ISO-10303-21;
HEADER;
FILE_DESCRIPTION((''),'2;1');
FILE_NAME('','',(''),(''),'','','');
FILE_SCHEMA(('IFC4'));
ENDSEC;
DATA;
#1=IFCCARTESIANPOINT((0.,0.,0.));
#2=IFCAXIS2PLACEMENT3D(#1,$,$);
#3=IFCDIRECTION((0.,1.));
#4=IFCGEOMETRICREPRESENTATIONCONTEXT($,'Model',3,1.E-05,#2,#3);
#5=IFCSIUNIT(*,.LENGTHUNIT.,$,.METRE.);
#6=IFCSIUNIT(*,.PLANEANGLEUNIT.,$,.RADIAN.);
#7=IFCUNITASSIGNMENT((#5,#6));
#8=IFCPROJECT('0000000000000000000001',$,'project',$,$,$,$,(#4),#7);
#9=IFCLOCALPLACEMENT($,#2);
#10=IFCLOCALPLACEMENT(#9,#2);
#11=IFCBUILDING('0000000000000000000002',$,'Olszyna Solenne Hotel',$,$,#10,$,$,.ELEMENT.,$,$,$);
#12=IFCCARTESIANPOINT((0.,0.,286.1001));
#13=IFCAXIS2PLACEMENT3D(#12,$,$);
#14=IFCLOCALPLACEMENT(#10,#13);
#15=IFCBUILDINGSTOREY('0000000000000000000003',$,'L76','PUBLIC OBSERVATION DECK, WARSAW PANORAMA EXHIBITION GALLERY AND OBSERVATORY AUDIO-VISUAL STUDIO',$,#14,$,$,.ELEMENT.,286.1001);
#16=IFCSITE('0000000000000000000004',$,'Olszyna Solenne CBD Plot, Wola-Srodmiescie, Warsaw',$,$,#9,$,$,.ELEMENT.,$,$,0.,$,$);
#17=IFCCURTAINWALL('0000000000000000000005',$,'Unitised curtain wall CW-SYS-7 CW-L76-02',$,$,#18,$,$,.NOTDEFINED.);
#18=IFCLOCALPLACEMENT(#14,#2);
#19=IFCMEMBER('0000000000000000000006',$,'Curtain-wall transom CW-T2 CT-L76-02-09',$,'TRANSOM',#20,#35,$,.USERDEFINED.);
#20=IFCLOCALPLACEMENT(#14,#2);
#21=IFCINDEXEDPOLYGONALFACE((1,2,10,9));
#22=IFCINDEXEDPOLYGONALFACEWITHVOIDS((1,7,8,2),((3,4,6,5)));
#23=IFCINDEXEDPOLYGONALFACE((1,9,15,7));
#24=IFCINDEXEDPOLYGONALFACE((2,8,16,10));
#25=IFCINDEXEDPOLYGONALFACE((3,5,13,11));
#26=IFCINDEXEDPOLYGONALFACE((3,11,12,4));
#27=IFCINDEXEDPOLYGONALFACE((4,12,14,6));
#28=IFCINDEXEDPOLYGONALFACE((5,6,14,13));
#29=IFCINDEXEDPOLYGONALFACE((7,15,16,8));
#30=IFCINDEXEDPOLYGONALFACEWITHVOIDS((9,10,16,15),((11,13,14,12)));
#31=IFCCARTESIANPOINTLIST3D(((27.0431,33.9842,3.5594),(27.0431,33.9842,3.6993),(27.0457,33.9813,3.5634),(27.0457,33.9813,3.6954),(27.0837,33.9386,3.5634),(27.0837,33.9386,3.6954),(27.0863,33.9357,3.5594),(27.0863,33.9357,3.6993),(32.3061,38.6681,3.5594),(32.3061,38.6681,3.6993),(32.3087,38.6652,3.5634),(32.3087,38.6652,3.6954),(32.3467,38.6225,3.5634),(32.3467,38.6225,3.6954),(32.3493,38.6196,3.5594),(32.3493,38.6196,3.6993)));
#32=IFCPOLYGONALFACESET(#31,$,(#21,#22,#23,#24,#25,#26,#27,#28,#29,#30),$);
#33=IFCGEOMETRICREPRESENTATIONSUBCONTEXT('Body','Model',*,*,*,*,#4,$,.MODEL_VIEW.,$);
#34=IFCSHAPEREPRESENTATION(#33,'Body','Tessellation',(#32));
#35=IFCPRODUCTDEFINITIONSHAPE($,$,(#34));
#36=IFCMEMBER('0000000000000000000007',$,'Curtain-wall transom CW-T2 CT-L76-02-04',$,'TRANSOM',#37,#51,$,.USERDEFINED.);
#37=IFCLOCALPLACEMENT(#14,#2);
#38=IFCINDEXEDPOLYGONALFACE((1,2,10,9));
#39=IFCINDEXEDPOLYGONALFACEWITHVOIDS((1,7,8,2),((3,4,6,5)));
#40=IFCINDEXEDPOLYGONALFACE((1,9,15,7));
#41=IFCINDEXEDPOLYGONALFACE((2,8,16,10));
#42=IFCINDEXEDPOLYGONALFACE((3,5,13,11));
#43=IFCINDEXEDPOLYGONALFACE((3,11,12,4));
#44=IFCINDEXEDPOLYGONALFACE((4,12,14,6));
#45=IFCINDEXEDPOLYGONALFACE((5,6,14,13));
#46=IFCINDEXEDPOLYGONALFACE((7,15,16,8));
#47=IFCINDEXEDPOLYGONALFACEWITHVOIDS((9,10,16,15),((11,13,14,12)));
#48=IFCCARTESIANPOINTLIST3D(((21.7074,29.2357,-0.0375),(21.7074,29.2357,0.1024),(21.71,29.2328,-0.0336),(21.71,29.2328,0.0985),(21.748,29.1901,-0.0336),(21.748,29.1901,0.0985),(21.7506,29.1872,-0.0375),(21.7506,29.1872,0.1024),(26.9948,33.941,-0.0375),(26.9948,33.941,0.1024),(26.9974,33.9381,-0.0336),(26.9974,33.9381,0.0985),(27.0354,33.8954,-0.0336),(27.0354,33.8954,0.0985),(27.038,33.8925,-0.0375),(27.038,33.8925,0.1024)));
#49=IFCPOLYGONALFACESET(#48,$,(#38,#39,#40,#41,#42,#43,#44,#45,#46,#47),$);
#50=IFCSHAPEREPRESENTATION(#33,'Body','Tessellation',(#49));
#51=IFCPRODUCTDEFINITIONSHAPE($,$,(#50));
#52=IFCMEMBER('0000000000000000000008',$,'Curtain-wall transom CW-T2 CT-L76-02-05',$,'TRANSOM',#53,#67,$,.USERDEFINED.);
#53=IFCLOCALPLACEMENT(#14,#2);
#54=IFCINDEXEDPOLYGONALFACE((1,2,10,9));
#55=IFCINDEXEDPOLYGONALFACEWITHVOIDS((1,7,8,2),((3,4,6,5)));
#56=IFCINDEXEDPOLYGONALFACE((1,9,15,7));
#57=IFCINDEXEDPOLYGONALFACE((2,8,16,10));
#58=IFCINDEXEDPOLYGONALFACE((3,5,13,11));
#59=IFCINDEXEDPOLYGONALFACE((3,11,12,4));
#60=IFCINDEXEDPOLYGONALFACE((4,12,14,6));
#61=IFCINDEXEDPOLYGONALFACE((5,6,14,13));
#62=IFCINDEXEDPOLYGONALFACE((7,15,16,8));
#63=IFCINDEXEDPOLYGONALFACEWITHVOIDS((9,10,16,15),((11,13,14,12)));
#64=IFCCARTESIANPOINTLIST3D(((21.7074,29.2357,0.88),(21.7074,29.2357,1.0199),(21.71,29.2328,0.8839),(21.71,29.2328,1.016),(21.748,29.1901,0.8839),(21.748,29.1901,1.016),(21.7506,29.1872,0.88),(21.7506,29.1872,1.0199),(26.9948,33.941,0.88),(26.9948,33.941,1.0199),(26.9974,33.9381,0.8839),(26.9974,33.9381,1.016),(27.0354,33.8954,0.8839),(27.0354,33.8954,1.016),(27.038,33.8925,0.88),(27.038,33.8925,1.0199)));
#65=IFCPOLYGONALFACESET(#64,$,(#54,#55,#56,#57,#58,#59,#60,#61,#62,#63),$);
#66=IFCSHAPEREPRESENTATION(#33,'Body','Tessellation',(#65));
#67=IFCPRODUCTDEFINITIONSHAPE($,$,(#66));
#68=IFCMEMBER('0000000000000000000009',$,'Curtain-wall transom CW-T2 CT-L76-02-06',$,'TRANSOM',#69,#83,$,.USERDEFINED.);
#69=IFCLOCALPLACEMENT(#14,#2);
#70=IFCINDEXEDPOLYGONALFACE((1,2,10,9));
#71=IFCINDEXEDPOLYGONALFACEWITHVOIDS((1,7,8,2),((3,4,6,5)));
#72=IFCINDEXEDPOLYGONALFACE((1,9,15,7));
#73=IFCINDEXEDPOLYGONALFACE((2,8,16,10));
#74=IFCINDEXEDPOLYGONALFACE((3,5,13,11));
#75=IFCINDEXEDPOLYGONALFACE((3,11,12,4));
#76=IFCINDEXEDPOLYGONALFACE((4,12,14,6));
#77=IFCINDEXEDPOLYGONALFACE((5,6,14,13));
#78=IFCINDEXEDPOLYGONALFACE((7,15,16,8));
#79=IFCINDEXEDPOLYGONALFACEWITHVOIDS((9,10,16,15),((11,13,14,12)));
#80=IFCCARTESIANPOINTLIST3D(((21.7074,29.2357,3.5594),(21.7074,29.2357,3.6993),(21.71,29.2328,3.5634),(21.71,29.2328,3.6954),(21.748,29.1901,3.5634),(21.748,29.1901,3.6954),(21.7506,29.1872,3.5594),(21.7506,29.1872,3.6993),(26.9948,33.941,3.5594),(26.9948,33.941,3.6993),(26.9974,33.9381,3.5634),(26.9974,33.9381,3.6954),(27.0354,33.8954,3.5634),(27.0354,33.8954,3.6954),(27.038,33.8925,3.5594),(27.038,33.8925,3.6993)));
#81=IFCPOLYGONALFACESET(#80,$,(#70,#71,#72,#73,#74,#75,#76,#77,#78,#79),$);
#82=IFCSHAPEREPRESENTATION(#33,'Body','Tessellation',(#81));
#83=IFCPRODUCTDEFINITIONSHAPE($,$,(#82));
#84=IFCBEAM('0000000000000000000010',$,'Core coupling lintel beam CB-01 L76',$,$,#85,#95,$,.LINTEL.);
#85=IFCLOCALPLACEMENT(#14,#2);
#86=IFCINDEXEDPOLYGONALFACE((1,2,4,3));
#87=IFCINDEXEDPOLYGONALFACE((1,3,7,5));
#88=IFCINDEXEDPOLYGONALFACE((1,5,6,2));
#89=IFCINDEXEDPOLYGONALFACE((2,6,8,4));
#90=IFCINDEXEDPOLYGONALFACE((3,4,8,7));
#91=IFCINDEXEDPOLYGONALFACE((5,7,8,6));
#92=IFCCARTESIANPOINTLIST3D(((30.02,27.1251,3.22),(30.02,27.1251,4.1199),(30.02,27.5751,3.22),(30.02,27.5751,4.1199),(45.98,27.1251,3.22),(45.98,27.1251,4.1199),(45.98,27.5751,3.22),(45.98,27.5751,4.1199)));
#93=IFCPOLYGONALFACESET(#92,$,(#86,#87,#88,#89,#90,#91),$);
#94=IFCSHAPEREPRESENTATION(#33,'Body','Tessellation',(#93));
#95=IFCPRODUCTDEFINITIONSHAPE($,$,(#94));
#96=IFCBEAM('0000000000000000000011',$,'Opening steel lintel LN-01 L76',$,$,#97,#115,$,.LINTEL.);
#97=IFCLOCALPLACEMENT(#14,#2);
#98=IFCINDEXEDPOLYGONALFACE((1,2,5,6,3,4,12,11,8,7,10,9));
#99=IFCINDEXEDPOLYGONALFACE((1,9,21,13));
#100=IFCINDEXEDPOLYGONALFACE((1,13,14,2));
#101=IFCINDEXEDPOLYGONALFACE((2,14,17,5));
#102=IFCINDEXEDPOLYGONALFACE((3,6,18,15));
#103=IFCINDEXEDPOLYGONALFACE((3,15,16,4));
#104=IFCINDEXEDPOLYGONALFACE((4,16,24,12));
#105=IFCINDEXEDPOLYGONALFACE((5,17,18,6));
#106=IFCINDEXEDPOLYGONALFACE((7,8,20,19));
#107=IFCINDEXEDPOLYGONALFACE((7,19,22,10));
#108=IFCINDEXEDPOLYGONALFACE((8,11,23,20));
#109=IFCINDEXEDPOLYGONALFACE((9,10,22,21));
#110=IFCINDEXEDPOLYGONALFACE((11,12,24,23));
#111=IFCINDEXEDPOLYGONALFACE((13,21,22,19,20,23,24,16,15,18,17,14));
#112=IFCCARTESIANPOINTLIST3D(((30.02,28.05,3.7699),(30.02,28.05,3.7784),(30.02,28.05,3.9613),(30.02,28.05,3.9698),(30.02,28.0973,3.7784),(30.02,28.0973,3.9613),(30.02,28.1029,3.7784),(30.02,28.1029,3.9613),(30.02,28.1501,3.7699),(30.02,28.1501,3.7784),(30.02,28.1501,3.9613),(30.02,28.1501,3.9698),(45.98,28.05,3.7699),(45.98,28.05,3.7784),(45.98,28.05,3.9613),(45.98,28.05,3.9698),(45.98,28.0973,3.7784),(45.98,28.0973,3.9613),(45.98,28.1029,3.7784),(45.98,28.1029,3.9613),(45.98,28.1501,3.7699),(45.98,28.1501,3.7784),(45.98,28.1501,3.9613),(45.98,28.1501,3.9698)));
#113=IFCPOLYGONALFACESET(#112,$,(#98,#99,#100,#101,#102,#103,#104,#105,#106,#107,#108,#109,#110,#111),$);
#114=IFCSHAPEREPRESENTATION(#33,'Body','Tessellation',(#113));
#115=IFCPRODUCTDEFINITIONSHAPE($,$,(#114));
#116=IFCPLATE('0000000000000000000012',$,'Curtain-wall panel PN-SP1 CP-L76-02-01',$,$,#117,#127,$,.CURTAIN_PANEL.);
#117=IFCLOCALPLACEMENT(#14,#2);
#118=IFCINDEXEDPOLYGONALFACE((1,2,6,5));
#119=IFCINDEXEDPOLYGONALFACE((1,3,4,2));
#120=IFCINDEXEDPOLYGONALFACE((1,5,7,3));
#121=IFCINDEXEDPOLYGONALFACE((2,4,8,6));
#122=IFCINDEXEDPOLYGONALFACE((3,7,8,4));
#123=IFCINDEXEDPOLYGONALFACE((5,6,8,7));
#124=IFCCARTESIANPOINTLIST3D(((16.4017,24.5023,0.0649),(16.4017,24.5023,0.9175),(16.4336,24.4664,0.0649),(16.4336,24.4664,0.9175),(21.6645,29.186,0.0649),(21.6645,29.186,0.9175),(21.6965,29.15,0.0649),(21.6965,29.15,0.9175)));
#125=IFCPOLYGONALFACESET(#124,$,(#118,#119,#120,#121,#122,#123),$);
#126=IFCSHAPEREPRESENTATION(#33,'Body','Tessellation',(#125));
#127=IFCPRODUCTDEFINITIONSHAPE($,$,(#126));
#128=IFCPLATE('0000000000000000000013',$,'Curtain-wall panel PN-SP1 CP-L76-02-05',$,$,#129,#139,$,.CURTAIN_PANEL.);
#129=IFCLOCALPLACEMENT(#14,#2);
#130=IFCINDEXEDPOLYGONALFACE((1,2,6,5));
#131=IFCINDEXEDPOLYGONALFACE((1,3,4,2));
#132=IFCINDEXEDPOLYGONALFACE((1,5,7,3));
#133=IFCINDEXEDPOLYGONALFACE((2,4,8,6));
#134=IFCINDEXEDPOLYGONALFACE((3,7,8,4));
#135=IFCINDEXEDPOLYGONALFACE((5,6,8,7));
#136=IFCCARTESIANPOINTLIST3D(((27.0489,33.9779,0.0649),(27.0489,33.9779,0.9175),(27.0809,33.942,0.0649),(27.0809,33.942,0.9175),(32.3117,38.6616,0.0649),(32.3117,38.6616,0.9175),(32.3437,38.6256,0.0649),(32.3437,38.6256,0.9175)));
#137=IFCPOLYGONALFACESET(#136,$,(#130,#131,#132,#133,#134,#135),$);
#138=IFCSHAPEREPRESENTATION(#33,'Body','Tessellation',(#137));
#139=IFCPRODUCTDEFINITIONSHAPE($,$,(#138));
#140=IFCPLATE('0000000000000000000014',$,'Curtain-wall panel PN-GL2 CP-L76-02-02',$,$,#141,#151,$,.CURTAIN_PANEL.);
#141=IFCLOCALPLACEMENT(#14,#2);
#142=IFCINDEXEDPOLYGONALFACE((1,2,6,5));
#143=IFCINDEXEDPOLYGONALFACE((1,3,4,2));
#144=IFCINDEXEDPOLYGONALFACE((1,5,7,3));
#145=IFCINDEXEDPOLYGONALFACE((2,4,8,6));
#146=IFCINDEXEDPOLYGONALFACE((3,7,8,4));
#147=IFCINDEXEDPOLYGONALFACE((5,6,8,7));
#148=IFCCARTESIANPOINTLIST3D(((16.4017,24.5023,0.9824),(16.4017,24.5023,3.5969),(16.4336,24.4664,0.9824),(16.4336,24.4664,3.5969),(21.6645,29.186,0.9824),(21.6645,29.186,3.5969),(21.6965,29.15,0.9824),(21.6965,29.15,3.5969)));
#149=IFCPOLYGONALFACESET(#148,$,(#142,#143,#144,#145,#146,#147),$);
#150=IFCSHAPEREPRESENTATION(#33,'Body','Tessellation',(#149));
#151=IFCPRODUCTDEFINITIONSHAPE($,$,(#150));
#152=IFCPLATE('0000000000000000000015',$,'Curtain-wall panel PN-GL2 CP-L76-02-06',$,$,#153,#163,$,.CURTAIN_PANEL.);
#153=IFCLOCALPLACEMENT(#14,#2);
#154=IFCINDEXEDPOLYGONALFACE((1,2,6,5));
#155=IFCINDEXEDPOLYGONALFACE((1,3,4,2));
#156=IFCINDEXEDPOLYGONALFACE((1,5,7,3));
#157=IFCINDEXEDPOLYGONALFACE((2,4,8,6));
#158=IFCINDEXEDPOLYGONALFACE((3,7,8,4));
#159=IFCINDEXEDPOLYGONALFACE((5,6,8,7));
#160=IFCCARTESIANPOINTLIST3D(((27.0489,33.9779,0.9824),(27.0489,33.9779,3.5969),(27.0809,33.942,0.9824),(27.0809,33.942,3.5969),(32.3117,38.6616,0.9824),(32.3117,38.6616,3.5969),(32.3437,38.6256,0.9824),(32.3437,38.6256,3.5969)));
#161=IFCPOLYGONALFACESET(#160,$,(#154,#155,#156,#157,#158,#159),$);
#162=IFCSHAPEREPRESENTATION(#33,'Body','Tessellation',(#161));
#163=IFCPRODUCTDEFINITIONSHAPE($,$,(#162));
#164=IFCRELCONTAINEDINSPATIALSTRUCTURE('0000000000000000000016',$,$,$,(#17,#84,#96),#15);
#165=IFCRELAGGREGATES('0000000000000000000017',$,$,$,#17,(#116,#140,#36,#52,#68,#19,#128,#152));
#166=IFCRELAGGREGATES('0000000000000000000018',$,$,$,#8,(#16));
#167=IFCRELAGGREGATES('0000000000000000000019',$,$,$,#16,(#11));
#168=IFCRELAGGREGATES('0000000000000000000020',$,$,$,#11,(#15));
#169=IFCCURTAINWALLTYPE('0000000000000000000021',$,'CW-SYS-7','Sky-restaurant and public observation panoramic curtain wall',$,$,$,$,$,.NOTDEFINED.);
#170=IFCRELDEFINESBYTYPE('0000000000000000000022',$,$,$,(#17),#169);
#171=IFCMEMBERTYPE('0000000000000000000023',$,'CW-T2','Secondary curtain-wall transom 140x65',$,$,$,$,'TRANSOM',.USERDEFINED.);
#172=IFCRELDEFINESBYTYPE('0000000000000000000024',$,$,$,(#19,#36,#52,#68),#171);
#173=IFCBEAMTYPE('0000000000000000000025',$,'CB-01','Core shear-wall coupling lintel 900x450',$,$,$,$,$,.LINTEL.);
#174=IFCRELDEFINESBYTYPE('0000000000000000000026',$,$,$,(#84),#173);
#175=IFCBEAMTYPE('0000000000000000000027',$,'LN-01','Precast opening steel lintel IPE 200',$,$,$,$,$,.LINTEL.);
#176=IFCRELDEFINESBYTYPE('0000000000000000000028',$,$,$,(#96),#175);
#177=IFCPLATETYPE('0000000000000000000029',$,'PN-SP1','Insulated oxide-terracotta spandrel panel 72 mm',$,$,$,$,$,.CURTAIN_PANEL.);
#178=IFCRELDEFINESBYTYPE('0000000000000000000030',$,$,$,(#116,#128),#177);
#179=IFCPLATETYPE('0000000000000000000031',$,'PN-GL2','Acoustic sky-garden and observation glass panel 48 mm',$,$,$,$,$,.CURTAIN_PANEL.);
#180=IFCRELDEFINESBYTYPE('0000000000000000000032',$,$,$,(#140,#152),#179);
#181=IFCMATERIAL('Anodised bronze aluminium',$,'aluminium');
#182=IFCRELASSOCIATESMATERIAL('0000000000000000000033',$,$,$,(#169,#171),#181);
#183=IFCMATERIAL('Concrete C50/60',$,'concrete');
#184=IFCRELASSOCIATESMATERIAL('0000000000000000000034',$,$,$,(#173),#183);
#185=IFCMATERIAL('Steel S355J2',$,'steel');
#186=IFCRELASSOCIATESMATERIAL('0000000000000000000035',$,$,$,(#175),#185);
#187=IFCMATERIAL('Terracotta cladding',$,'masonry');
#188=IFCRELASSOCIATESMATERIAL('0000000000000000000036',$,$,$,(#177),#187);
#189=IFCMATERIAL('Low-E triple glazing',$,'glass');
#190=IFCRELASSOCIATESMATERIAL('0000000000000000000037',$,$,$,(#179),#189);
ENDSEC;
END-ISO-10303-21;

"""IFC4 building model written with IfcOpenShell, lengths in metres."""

from ifc_helpers import new_model, si_unit, direction, frame, origin, origin_2d, place, context, subcontext, project, spatial, rectangle, hollow_rectangle, i_section, extrude, source, transform, mapped, material, material_profile, profile_set, type_object, element, aggregate, save


model = new_model("IFC4")

# Units and contexts
model_context = context("Model", 3, precision=1e-05, world=origin(), true_north=direction((0.0, 1.0)))
body_context = subcontext(model_context, "Body", "Model", "MODEL_VIEW")
ifc_project = project(units=[si_unit("LENGTHUNIT", "METRE"), si_unit("PLANEANGLEUNIT", "RADIAN")], contexts=[model_context])

# Site, building, storey
site_placement = place(None, origin())
site = spatial("IfcSite", under=ifc_project, at=site_placement, Name="Olszyna Solenne CBD Plot, Wola-Srodmiescie, Warsaw", CompositionType="ELEMENT", RefElevation=0.0)
building_placement = place(site_placement, origin())
building = spatial("IfcBuilding", under=site, at=building_placement, Name="Olszyna Solenne Hotel", CompositionType="ELEMENT")
storey_placement = place(building_placement, frame((0.0, 0.0, 286.1001)))
storey = spatial("IfcBuildingStorey", under=building, at=storey_placement, Name="L76", Description="PUBLIC OBSERVATION DECK, WARSAW PANORAMA EXHIBITION GALLERY AND OBSERVATORY AUDIO-VISUAL STUDIO", CompositionType="ELEMENT", Elevation=286.1001)

# Shared definitions
ifc_material_1 = material(Name="Steel S355J2", Category="steel")

# Curtain wall, members
ifc_material_2 = material(Name="Anodised bronze aluminium", Category="aluminium")
curtain_wall_type = type_object("IfcCurtainWallType", Name="CW-SYS-7", Description="Sky-restaurant and public observation panoramic curtain wall", PredefinedType="NOTDEFINED", material=ifc_material_2)
curtain_wall_placement = place(storey_placement, origin())
curtain_wall = element("IfcCurtainWall", 1, at=curtain_wall_placement, inside=storey, type_object=curtain_wall_type, Name="Unitised curtain wall CW-SYS-7 CW-L76-02", PredefinedType="NOTDEFINED")
ifc_material_profile_1 = material_profile(ifc_material_2, hollow_rectangle(XDim=0.0649, YDim=0.1399, WallThickness=0.0039, at=origin_2d()), Name="TRAN 140x65x4", Category="load-bearing")
ifc_profile_set_1 = profile_set([ifc_material_profile_1], Name="Anodised bronze aluminium")
member_type_1 = type_object("IfcMemberType", Name="CW-T2", Description="Secondary curtain-wall transom 140x65", ElementType="TRANSOM", PredefinedType="USERDEFINED", material=ifc_profile_set_1)
shared_shape_1 = source(origin(), body_context, "Body", "SweptSolid", [
    extrude(hollow_rectangle(XDim=0.0649, YDim=0.1399, WallThickness=0.0039, at=origin_2d()), origin(), (0.0, 0.0, 1.0), 7.0454),
])
member_1_placement = place(storey_placement, frame((27.0647, 33.96, 3.6294), z_axis=(0.74701, 0.664813, 0.0), x_axis=(-0.664813, 0.74701, 0.0)))
member_1 = element("IfcMember", 2, at=member_1_placement, type_object=member_type_1, Name="Curtain-wall transom CW-T2 CT-L76-02-09", ObjectType="TRANSOM", PredefinedType="USERDEFINED", context=body_context, shape_type="MappedRepresentation", body=[
    mapped(shared_shape_1, transform((0.0, 0.0, 0.0), x_axis=(1.0, 0.0, 0.0), y_axis=(0.0, 1.0, 0.0), z_axis=(0.0, 0.0, 1.0), scale=1.0)),
])
shared_shape_2 = source(origin(), body_context, "Body", "SweptSolid", [
    extrude(hollow_rectangle(XDim=0.0649, YDim=0.1399, WallThickness=0.0039, at=origin_2d()), origin(), (0.0, 0.0, 1.0), 7.0779),
])
member_2_placement = place(storey_placement, frame((21.729, 29.2114, 0.0325), z_axis=(0.747027, 0.664794, 0.0), x_axis=(-0.664794, 0.747027, 0.0)))
member_2 = element("IfcMember", 3, at=member_2_placement, type_object=member_type_1, Name="Curtain-wall transom CW-T2 CT-L76-02-04", ObjectType="TRANSOM", PredefinedType="USERDEFINED", context=body_context, shape_type="MappedRepresentation", body=[
    mapped(shared_shape_2, transform((0.0, 0.0, 0.0), x_axis=(1.0, 0.0, 0.0), y_axis=(0.0, 1.0, 0.0), z_axis=(0.0, 0.0, 1.0), scale=1.0)),
])
member_3_placement = place(storey_placement, frame((21.729, 29.2114, 0.95), z_axis=(0.747027, 0.664794, 0.0), x_axis=(-0.664794, 0.747027, 0.0)))
member_3 = element("IfcMember", 4, at=member_3_placement, type_object=member_type_1, Name="Curtain-wall transom CW-T2 CT-L76-02-05", ObjectType="TRANSOM", PredefinedType="USERDEFINED", context=body_context, shape_type="MappedRepresentation", body=[
    mapped(shared_shape_2, transform((0.0, 0.0, 0.0), x_axis=(1.0, 0.0, 0.0), y_axis=(0.0, 1.0, 0.0), z_axis=(0.0, 0.0, 1.0), scale=1.0)),
])
member_4_placement = place(storey_placement, frame((21.729, 29.2114, 3.6294), z_axis=(0.747027, 0.664794, 0.0), x_axis=(-0.664794, 0.747027, 0.0)))
member_4 = element("IfcMember", 5, at=member_4_placement, type_object=member_type_1, Name="Curtain-wall transom CW-T2 CT-L76-02-06", ObjectType="TRANSOM", PredefinedType="USERDEFINED", context=body_context, shape_type="MappedRepresentation", body=[
    mapped(shared_shape_2, transform((0.0, 0.0, 0.0), x_axis=(1.0, 0.0, 0.0), y_axis=(0.0, 1.0, 0.0), z_axis=(0.0, 0.0, 1.0), scale=1.0)),
])

# Beams
ifc_material_3 = material(Name="Concrete C50/60", Category="concrete")
ifc_material_profile_2 = material_profile(ifc_material_3, rectangle(XDim=0.45, YDim=0.8999, at=origin_2d()), Name="RC 900x450", Category="load-bearing")
ifc_profile_set_2 = profile_set([ifc_material_profile_2], Name="Concrete C50/60")
beam_type_1 = type_object("IfcBeamType", Name="CB-01", Description="Core shear-wall coupling lintel 900x450", PredefinedType="LINTEL", material=ifc_profile_set_2)
shared_shape_3 = source(origin(), body_context, "Body", "SweptSolid", [
    extrude(rectangle(XDim=0.45, YDim=0.8999, at=origin_2d()), origin(), (0.0, 0.0, 1.0), 15.96),
])
beam_1_placement = place(storey_placement, frame((30.02, 27.3501, 3.6699), z_axis=(1.0, 0.0, 0.0), x_axis=(0.0, 1.0, 0.0)))
element("IfcBeam", 6, at=beam_1_placement, inside=storey, type_object=beam_type_1, Name="Core coupling lintel beam CB-01 L76", PredefinedType="LINTEL", context=body_context, shape_type="MappedRepresentation", body=[
    mapped(shared_shape_3, transform((0.0, 0.0, 0.0), x_axis=(1.0, 0.0, 0.0), y_axis=(0.0, 1.0, 0.0), z_axis=(0.0, 0.0, 1.0), scale=1.0)),
])
ifc_material_profile_3 = material_profile(ifc_material_1, i_section(OverallWidth=0.1001, OverallDepth=0.2, WebThickness=0.0056, FlangeThickness=0.0085, at=origin_2d()), Name="IPE 200", Category="load-bearing")
ifc_profile_set_3 = profile_set([ifc_material_profile_3], Name="Steel S355J2")
beam_type_2 = type_object("IfcBeamType", Name="LN-01", Description="Precast opening steel lintel IPE 200", PredefinedType="LINTEL", material=ifc_profile_set_3)
shared_shape_4 = source(origin(), body_context, "Body", "SweptSolid", [
    extrude(i_section(OverallWidth=0.1001, OverallDepth=0.2, WebThickness=0.0056, FlangeThickness=0.0085, at=origin_2d()), origin(), (0.0, 0.0, 1.0), 15.96),
])
beam_2_placement = place(storey_placement, frame((30.02, 28.1001, 3.8699), z_axis=(1.0, 0.0, 0.0), x_axis=(0.0, 1.0, 0.0)))
element("IfcBeam", 7, at=beam_2_placement, inside=storey, type_object=beam_type_2, Name="Opening steel lintel LN-01 L76", PredefinedType="LINTEL", context=body_context, shape_type="MappedRepresentation", body=[
    mapped(shared_shape_4, transform((0.0, 0.0, 0.0), x_axis=(1.0, 0.0, 0.0), y_axis=(0.0, 1.0, 0.0), z_axis=(0.0, 0.0, 1.0), scale=1.0)),
])

# Plates
ifc_material_4 = material(Name="Terracotta cladding", Category="masonry")
plate_type_1 = type_object("IfcPlateType", Name="PN-SP1", Description="Insulated oxide-terracotta spandrel panel 72 mm", PredefinedType="CURTAIN_PANEL", material=ifc_material_4)
shared_shape_5 = source(origin(), body_context, "Body", "SweptSolid", [
    extrude(rectangle(XDim=7.0452, YDim=0.0481, at=origin_2d()), origin(), (0.0, 0.0, 1.0), 0.8525),
])
plate_1_placement = place(storey_placement, frame((19.0491, 26.8262, 0.0649), z_axis=(0.0, 0.0, 1.0), x_axis=(0.747016, 0.664807, 0.0)))
plate_1 = element("IfcPlate", 8, at=plate_1_placement, type_object=plate_type_1, Name="Curtain-wall panel PN-SP1 CP-L76-02-01", PredefinedType="CURTAIN_PANEL", context=body_context, shape_type="MappedRepresentation", body=[
    mapped(shared_shape_5, transform((0.0, 0.0, 0.0), x_axis=(1.0, 0.0, 0.0), y_axis=(0.0, 1.0, 0.0), z_axis=(0.0, 0.0, 1.0), scale=1.0)),
])
plate_2_placement = place(storey_placement, frame((29.6963, 36.3018, 0.0649), z_axis=(0.0, 0.0, 1.0), x_axis=(0.747016, 0.664807, 0.0)))
plate_2 = element("IfcPlate", 9, at=plate_2_placement, type_object=plate_type_1, Name="Curtain-wall panel PN-SP1 CP-L76-02-05", PredefinedType="CURTAIN_PANEL", context=body_context, shape_type="MappedRepresentation", body=[
    mapped(shared_shape_5, transform((0.0, 0.0, 0.0), x_axis=(1.0, 0.0, 0.0), y_axis=(0.0, 1.0, 0.0), z_axis=(0.0, 0.0, 1.0), scale=1.0)),
])
ifc_material_5 = material(Name="Low-E triple glazing", Category="glass")
plate_type_2 = type_object("IfcPlateType", Name="PN-GL2", Description="Acoustic sky-garden and observation glass panel 48 mm", PredefinedType="CURTAIN_PANEL", material=ifc_material_5)
shared_shape_6 = source(origin(), body_context, "Body", "SweptSolid", [
    extrude(rectangle(XDim=7.0452, YDim=0.0481, at=origin_2d()), origin(), (0.0, 0.0, 1.0), 2.6145),
])
plate_3_placement = place(storey_placement, frame((19.0491, 26.8262, 0.9824), z_axis=(0.0, 0.0, 1.0), x_axis=(0.747016, 0.664807, 0.0)))
plate_3 = element("IfcPlate", 10, at=plate_3_placement, type_object=plate_type_2, Name="Curtain-wall panel PN-GL2 CP-L76-02-02", PredefinedType="CURTAIN_PANEL", context=body_context, shape_type="MappedRepresentation", body=[
    mapped(shared_shape_6, transform((0.0, 0.0, 0.0), x_axis=(1.0, 0.0, 0.0), y_axis=(0.0, 1.0, 0.0), z_axis=(0.0, 0.0, 1.0), scale=1.0)),
])
plate_4_placement = place(storey_placement, frame((29.6963, 36.3018, 0.9824), z_axis=(0.0, 0.0, 1.0), x_axis=(0.747016, 0.664807, 0.0)))
plate_4 = element("IfcPlate", 11, at=plate_4_placement, type_object=plate_type_2, Name="Curtain-wall panel PN-GL2 CP-L76-02-06", PredefinedType="CURTAIN_PANEL", context=body_context, shape_type="MappedRepresentation", body=[
    mapped(shared_shape_6, transform((0.0, 0.0, 0.0), x_axis=(1.0, 0.0, 0.0), y_axis=(0.0, 1.0, 0.0), z_axis=(0.0, 0.0, 1.0), scale=1.0)),
])
aggregate(curtain_wall, [plate_1, plate_3, member_2, member_3, member_4, member_1, plate_2, plate_4])

save(model, "model.ifc")
